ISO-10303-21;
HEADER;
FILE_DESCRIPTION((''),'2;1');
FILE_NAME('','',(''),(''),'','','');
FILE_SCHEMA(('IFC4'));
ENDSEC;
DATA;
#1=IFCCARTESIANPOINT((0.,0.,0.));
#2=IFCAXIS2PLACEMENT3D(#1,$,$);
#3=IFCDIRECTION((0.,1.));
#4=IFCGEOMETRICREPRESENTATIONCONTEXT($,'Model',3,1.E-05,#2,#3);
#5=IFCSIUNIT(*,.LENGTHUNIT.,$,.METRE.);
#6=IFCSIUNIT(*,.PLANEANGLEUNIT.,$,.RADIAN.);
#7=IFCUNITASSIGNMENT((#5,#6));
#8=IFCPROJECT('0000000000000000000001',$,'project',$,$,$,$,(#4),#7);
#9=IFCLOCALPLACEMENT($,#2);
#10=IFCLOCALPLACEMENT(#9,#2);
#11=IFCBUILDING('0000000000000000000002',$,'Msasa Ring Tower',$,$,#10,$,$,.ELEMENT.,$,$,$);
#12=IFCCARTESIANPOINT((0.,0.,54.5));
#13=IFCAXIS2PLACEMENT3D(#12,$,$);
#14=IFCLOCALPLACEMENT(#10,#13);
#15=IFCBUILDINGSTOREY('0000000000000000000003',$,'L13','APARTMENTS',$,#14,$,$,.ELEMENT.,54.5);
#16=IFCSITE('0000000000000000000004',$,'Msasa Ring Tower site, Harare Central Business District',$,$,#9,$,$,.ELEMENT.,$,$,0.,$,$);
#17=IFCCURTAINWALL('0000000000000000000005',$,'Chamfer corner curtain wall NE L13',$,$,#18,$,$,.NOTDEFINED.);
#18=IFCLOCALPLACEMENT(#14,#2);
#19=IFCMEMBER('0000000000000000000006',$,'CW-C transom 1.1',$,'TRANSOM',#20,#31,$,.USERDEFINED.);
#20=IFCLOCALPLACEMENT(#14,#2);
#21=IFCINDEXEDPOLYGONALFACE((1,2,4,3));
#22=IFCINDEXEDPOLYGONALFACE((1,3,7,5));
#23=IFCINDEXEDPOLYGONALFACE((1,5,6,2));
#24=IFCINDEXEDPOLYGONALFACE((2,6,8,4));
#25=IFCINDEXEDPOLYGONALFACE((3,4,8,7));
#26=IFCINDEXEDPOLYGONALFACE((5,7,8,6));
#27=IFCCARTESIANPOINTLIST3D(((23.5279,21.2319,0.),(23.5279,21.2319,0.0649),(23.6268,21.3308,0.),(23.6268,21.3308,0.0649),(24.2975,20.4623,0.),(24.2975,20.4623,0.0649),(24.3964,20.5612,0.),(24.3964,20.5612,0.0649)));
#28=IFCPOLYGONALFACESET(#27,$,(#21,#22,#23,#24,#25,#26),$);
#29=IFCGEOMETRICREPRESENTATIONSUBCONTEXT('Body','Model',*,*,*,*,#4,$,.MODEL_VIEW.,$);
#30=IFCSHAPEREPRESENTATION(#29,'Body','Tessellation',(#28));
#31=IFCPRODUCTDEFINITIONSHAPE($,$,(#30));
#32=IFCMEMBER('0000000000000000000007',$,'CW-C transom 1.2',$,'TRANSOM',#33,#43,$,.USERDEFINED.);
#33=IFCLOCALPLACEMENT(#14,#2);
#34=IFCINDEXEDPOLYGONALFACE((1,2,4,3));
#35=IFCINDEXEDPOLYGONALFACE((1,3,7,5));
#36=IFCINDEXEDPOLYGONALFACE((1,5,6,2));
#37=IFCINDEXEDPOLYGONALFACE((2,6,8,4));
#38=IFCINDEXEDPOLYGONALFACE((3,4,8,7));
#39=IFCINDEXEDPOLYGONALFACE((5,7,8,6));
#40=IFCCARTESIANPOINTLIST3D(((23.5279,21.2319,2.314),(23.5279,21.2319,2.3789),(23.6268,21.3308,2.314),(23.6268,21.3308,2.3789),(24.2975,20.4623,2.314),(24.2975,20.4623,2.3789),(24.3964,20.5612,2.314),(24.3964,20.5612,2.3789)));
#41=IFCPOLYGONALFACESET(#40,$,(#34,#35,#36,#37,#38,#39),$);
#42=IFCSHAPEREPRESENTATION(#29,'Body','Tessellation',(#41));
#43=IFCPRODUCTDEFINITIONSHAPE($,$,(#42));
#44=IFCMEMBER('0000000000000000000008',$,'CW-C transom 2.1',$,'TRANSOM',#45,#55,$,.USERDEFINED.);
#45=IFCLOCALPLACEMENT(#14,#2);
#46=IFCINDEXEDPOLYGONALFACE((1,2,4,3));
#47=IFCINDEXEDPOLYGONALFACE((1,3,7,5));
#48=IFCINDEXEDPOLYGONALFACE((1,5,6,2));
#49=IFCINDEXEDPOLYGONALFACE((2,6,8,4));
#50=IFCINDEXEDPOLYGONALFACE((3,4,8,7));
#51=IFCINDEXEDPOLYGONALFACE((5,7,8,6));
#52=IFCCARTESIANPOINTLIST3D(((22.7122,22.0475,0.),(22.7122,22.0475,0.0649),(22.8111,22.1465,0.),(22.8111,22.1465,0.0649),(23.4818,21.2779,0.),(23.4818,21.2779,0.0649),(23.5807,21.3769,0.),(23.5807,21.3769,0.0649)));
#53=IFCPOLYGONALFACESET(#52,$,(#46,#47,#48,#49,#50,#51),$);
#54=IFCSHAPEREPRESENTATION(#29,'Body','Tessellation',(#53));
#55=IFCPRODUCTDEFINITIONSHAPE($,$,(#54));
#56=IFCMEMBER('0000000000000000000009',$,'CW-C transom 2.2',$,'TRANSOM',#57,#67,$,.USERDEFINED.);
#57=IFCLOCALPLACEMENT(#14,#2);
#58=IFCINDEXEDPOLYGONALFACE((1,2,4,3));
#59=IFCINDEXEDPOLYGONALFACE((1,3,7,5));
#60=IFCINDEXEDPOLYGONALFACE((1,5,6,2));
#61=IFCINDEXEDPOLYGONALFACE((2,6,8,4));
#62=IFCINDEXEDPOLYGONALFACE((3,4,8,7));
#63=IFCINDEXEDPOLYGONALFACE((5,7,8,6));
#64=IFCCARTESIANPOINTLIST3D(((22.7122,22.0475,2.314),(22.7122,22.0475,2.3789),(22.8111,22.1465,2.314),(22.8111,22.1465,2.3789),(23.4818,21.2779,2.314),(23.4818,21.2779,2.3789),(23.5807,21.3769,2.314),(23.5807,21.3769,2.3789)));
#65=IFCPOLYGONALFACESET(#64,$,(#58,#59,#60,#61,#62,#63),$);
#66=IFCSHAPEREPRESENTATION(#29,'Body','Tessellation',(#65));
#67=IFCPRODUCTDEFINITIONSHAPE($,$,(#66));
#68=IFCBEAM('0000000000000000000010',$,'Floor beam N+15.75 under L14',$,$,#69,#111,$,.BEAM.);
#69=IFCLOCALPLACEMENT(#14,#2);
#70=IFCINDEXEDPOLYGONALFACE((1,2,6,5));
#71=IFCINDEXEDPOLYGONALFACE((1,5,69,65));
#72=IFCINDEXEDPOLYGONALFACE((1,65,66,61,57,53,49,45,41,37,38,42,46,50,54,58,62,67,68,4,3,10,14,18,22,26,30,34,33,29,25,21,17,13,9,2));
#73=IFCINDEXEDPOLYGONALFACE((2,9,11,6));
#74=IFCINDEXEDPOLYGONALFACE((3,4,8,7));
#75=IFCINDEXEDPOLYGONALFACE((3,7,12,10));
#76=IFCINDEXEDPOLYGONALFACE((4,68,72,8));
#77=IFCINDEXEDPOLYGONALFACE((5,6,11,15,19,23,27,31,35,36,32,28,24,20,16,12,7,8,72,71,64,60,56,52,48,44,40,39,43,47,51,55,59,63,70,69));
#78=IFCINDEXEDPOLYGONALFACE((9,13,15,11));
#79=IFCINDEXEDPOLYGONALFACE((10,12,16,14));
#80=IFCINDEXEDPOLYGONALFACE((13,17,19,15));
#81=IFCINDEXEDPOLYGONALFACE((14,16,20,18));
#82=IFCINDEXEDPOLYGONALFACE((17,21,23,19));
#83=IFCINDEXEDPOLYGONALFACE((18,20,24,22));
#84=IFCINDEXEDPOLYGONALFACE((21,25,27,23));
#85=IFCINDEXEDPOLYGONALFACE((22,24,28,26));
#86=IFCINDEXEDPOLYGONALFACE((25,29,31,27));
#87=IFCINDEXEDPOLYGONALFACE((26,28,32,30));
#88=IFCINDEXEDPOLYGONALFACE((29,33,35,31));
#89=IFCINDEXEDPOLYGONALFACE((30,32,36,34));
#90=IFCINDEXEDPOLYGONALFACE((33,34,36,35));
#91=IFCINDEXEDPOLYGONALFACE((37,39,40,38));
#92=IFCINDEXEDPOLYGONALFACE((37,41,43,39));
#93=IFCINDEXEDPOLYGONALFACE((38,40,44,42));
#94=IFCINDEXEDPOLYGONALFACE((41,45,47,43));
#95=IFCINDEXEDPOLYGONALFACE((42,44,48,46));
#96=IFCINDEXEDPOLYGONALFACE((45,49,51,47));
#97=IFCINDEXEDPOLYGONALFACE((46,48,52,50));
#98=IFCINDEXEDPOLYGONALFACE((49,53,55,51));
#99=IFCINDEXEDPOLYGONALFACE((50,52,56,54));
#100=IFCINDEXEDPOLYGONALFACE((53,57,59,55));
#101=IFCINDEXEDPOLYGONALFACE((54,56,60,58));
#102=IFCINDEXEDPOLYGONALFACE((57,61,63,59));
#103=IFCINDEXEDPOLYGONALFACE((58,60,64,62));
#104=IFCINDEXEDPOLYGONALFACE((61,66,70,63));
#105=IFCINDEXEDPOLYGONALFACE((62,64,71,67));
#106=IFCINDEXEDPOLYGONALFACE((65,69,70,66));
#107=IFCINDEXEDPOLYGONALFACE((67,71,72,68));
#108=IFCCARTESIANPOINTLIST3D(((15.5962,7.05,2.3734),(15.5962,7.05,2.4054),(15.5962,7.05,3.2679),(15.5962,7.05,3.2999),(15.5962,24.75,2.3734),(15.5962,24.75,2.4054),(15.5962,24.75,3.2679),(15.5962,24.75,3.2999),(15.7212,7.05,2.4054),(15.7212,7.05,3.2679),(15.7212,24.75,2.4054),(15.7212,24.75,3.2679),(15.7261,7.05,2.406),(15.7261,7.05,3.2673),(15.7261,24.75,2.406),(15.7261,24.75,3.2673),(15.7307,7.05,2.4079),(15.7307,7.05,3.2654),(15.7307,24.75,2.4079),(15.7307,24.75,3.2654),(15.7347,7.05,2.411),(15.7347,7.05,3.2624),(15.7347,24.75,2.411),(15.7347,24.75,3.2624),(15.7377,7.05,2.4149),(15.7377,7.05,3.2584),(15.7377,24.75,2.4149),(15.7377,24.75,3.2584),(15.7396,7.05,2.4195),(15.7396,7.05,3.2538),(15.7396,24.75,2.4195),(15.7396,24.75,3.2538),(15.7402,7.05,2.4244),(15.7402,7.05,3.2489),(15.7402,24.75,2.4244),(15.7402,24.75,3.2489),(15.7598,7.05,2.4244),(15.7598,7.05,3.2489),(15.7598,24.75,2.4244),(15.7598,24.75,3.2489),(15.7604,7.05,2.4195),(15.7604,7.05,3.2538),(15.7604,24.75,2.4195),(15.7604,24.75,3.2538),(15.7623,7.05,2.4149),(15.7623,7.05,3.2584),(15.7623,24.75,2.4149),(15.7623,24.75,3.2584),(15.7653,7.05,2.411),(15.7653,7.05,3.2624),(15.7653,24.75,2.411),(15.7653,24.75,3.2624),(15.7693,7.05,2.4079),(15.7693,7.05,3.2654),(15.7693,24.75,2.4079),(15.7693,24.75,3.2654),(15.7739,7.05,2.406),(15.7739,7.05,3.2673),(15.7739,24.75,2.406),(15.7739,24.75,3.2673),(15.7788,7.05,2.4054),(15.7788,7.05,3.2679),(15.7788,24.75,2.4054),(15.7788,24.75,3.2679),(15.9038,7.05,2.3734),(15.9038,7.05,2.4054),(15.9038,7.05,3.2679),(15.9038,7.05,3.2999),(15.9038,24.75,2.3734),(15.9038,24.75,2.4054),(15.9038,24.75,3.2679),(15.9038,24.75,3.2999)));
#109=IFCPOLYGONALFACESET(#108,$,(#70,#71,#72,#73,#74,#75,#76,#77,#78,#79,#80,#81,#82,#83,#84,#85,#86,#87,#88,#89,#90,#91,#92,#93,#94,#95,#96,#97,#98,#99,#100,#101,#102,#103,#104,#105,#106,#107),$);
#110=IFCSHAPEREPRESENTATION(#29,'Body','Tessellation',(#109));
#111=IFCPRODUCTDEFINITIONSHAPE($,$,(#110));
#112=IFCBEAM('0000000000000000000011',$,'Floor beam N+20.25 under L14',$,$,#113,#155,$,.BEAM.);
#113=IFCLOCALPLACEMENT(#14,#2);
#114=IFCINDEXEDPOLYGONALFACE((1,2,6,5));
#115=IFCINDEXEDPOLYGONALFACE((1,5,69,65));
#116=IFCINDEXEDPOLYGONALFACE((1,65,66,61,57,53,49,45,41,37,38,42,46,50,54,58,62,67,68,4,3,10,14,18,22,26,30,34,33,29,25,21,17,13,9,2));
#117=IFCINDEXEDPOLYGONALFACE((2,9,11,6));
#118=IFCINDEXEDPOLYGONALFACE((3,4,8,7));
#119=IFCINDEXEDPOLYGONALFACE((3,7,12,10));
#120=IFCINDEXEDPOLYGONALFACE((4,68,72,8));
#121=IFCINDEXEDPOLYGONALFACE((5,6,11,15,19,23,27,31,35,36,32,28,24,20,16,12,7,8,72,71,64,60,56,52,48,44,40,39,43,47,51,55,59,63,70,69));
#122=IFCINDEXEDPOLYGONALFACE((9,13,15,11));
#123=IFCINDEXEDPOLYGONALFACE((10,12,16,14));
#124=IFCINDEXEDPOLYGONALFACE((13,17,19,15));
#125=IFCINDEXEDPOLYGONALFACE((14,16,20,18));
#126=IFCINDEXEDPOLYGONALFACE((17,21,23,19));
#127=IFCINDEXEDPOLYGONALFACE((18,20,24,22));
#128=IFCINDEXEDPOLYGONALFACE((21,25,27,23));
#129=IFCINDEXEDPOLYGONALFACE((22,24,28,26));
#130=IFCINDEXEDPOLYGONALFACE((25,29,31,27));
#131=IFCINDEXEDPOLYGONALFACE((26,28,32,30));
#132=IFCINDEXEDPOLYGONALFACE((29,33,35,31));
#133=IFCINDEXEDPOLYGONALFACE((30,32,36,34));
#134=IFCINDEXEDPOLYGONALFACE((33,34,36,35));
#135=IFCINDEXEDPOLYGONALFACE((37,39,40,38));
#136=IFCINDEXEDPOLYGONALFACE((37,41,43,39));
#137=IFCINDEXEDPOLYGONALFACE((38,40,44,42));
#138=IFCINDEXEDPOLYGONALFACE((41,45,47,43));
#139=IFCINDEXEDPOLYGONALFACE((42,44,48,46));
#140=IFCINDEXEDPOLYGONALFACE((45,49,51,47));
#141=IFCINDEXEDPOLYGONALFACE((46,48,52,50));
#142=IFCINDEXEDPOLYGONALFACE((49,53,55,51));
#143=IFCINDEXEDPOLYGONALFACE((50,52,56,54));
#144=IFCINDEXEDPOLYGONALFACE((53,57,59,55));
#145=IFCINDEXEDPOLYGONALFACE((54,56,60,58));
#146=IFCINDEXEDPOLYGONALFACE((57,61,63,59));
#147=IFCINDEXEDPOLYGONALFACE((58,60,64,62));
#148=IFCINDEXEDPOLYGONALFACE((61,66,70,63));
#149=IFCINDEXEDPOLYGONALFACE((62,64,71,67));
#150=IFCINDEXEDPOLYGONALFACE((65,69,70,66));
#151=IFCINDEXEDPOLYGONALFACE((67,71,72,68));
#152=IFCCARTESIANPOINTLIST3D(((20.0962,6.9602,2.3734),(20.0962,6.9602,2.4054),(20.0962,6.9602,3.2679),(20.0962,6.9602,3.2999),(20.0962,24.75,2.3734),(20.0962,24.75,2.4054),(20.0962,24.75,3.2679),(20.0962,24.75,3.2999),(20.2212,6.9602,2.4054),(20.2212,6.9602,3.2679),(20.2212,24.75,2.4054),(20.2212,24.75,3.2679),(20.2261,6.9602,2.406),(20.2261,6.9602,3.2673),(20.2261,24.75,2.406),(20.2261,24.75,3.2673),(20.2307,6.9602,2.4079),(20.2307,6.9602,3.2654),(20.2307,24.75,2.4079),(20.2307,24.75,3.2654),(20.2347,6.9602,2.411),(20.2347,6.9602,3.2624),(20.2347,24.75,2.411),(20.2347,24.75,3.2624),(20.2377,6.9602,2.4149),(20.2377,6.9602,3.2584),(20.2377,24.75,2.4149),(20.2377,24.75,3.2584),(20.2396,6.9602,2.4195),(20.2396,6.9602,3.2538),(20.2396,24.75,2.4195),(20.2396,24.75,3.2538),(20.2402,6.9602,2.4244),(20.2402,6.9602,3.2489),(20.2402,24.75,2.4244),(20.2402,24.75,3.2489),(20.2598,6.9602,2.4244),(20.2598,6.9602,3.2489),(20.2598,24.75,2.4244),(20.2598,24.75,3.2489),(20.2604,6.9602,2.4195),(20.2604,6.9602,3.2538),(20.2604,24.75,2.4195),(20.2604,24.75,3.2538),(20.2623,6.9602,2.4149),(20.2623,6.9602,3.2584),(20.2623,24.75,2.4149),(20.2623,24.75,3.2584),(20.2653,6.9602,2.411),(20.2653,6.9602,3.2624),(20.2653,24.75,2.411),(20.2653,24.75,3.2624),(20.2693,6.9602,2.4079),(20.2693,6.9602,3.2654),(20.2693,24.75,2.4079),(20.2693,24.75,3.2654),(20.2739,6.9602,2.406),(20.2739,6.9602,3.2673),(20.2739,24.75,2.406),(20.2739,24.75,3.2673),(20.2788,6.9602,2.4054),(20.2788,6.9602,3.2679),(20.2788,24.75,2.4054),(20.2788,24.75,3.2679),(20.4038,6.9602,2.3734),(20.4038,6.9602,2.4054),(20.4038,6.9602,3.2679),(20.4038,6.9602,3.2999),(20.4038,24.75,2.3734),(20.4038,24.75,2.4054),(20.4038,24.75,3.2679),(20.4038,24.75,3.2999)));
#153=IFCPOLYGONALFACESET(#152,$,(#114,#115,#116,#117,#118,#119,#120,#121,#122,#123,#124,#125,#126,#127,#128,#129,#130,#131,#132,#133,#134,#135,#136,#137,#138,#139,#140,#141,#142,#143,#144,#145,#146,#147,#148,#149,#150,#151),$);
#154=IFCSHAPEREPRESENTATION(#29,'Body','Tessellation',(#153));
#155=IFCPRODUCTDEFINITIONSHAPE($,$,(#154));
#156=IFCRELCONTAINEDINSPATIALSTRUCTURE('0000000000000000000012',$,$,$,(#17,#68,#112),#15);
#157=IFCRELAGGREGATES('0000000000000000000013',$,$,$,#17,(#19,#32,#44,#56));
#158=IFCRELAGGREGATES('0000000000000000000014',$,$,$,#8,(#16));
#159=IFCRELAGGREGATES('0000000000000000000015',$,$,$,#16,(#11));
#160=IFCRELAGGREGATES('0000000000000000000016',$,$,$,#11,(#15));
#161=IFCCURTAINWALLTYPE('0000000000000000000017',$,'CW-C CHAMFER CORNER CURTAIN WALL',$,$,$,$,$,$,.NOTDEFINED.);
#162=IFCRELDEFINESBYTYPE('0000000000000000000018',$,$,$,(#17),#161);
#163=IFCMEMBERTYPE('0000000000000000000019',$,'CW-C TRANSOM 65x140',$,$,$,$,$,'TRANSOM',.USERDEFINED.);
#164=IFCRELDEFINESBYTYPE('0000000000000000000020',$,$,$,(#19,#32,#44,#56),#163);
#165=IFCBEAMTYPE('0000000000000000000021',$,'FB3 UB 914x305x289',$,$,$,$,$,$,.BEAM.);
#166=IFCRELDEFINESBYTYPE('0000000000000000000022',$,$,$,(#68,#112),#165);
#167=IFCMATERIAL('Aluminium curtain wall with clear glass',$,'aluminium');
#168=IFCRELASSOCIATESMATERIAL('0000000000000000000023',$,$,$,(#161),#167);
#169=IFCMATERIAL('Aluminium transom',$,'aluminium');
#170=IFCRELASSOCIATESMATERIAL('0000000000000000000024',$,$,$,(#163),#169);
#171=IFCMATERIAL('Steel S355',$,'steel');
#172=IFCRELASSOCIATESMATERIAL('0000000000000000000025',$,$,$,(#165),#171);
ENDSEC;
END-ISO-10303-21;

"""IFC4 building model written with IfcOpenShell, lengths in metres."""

from ifc_helpers import new_model, si_unit, direction, frame, origin, origin_2d, place, context, subcontext, project, spatial, rectangle, i_section, extrude, material, material_profile, profile_set, type_object, element, aggregate, save


model = new_model("IFC4")

# Units and contexts
model_context = context("Model", 3, precision=1e-05, world=origin(), true_north=direction((0.0, 1.0)))
body_context = subcontext(model_context, "Body", "Model", "MODEL_VIEW")
ifc_project = project(units=[si_unit("LENGTHUNIT", "METRE"), si_unit("PLANEANGLEUNIT", "RADIAN")], contexts=[model_context])

# Site, building, storey
site_placement = place(None, origin())
site = spatial("IfcSite", under=ifc_project, at=site_placement, Name="Msasa Ring Tower site, Harare Central Business District", CompositionType="ELEMENT", RefElevation=0.0)
building_placement = place(site_placement, origin())
building = spatial("IfcBuilding", under=site, at=building_placement, Name="Msasa Ring Tower", CompositionType="ELEMENT")
storey_placement = place(building_placement, frame((0.0, 0.0, 54.5)))
storey = spatial("IfcBuildingStorey", under=building, at=storey_placement, Name="L13", Description="APARTMENTS", CompositionType="ELEMENT", Elevation=54.5)

# Curtain wall
ifc_material_1 = material(Name="Aluminium curtain wall with clear glass", Category="aluminium")
curtain_wall_type = type_object("IfcCurtainWallType", Name="CW-C CHAMFER CORNER CURTAIN WALL", PredefinedType="NOTDEFINED", material=ifc_material_1)
curtain_wall_1_placement = place(storey_placement, origin())
curtain_wall_1 = element("IfcCurtainWall", 1, at=curtain_wall_1_placement, inside=storey, type_object=curtain_wall_type, Name="Chamfer corner curtain wall NE L13", PredefinedType="NOTDEFINED")

# Members
ifc_material_2 = material(Name="Aluminium transom", Category="aluminium")
ifc_material_profile_1 = material_profile(ifc_material_2, rectangle(XDim=0.1399, YDim=0.0649, at=origin_2d()), Name="AL 65x140")
ifc_profile_set_1 = profile_set([ifc_material_profile_1], Name="Aluminium transom")
member_type_1 = type_object("IfcMemberType", Name="CW-C TRANSOM 65x140", ElementType="TRANSOM", PredefinedType="USERDEFINED", material=ifc_profile_set_1)
member_1_placement = place(storey_placement, frame((24.3469, 20.5117, 0.0325), z_axis=(-0.707107, 0.707107, 0.0), x_axis=(-0.707107, -0.707107, 0.0)))
member_1 = element("IfcMember", 2, at=member_1_placement, type_object=member_type_1, Name="CW-C transom 1.1", ObjectType="TRANSOM", PredefinedType="USERDEFINED", context=body_context, shape_type="SweptSolid", body=[
    extrude(rectangle(XDim=0.1399, YDim=0.0649, at=origin_2d()), origin(), (0.0, 0.0, 1.0), 1.0884),
])
member_2_placement = place(storey_placement, frame((24.3469, 20.5117, 2.3464), z_axis=(-0.707107, 0.707107, 0.0), x_axis=(-0.707107, -0.707107, 0.0)))
member_2 = element("IfcMember", 3, at=member_2_placement, type_object=member_type_1, Name="CW-C transom 1.2", ObjectType="TRANSOM", PredefinedType="USERDEFINED", context=body_context, shape_type="SweptSolid", body=[
    extrude(rectangle(XDim=0.1399, YDim=0.0649, at=origin_2d()), origin(), (0.0, 0.0, 1.0), 1.0884),
])
member_3_placement = place(storey_placement, frame((23.5312, 21.3274, 0.0325), z_axis=(-0.707107, 0.707107, 0.0), x_axis=(-0.707107, -0.707107, 0.0)))
member_3 = element("IfcMember", 4, at=member_3_placement, type_object=member_type_1, Name="CW-C transom 2.1", ObjectType="TRANSOM", PredefinedType="USERDEFINED", context=body_context, shape_type="SweptSolid", body=[
    extrude(rectangle(XDim=0.1399, YDim=0.0649, at=origin_2d()), origin(), (0.0, 0.0, 1.0), 1.0884),
])
member_4_placement = place(storey_placement, frame((23.5312, 21.3274, 2.3464), z_axis=(-0.707107, 0.707107, 0.0), x_axis=(-0.707107, -0.707107, 0.0)))
member_4 = element("IfcMember", 5, at=member_4_placement, type_object=member_type_1, Name="CW-C transom 2.2", ObjectType="TRANSOM", PredefinedType="USERDEFINED", context=body_context, shape_type="SweptSolid", body=[
    extrude(rectangle(XDim=0.1399, YDim=0.0649, at=origin_2d()), origin(), (0.0, 0.0, 1.0), 1.0884),
])

# Beams
ifc_material_3 = material(Name="Steel S355", Category="steel")
ifc_material_profile_2 = material_profile(ifc_material_3, i_section(OverallWidth=0.3076, OverallDepth=0.9265, WebThickness=0.0195, FlangeThickness=0.032, FilletRadius=0.019, at=origin_2d()), Name="UB 914x305x289")
ifc_profile_set_2 = profile_set([ifc_material_profile_2], Name="Steel S355")
beam_type_1 = type_object("IfcBeamType", Name="FB3 UB 914x305x289", PredefinedType="BEAM", material=ifc_profile_set_2)
beam_1_placement = place(storey_placement, frame((15.75, 24.75, 2.8367), z_axis=(0.0, -1.0, 0.0), x_axis=(1.0, 0.0, 0.0)))
element("IfcBeam", 6, at=beam_1_placement, inside=storey, type_object=beam_type_1, Name="Floor beam N+15.75 under L14", PredefinedType="BEAM", context=body_context, shape_type="SweptSolid", body=[
    extrude(i_section(OverallWidth=0.3076, OverallDepth=0.9265, WebThickness=0.0195, FlangeThickness=0.032, FilletRadius=0.019, at=origin_2d()), origin(), (0.0, 0.0, 1.0), 17.7),
])
beam_2_placement = place(storey_placement, frame((20.25, 24.75, 2.8367), z_axis=(0.0, -1.0, 0.0), x_axis=(1.0, 0.0, 0.0)))
element("IfcBeam", 7, at=beam_2_placement, inside=storey, type_object=beam_type_1, Name="Floor beam N+20.25 under L14", PredefinedType="BEAM", context=body_context, shape_type="SweptSolid", body=[
    extrude(i_section(OverallWidth=0.3076, OverallDepth=0.9265, WebThickness=0.0195, FlangeThickness=0.032, FilletRadius=0.019, at=origin_2d()), origin(), (0.0, 0.0, 1.0), 17.7898),
])

aggregate(curtain_wall_1, [member_1, member_2, member_3, member_4])

save(model, "model.ifc")
